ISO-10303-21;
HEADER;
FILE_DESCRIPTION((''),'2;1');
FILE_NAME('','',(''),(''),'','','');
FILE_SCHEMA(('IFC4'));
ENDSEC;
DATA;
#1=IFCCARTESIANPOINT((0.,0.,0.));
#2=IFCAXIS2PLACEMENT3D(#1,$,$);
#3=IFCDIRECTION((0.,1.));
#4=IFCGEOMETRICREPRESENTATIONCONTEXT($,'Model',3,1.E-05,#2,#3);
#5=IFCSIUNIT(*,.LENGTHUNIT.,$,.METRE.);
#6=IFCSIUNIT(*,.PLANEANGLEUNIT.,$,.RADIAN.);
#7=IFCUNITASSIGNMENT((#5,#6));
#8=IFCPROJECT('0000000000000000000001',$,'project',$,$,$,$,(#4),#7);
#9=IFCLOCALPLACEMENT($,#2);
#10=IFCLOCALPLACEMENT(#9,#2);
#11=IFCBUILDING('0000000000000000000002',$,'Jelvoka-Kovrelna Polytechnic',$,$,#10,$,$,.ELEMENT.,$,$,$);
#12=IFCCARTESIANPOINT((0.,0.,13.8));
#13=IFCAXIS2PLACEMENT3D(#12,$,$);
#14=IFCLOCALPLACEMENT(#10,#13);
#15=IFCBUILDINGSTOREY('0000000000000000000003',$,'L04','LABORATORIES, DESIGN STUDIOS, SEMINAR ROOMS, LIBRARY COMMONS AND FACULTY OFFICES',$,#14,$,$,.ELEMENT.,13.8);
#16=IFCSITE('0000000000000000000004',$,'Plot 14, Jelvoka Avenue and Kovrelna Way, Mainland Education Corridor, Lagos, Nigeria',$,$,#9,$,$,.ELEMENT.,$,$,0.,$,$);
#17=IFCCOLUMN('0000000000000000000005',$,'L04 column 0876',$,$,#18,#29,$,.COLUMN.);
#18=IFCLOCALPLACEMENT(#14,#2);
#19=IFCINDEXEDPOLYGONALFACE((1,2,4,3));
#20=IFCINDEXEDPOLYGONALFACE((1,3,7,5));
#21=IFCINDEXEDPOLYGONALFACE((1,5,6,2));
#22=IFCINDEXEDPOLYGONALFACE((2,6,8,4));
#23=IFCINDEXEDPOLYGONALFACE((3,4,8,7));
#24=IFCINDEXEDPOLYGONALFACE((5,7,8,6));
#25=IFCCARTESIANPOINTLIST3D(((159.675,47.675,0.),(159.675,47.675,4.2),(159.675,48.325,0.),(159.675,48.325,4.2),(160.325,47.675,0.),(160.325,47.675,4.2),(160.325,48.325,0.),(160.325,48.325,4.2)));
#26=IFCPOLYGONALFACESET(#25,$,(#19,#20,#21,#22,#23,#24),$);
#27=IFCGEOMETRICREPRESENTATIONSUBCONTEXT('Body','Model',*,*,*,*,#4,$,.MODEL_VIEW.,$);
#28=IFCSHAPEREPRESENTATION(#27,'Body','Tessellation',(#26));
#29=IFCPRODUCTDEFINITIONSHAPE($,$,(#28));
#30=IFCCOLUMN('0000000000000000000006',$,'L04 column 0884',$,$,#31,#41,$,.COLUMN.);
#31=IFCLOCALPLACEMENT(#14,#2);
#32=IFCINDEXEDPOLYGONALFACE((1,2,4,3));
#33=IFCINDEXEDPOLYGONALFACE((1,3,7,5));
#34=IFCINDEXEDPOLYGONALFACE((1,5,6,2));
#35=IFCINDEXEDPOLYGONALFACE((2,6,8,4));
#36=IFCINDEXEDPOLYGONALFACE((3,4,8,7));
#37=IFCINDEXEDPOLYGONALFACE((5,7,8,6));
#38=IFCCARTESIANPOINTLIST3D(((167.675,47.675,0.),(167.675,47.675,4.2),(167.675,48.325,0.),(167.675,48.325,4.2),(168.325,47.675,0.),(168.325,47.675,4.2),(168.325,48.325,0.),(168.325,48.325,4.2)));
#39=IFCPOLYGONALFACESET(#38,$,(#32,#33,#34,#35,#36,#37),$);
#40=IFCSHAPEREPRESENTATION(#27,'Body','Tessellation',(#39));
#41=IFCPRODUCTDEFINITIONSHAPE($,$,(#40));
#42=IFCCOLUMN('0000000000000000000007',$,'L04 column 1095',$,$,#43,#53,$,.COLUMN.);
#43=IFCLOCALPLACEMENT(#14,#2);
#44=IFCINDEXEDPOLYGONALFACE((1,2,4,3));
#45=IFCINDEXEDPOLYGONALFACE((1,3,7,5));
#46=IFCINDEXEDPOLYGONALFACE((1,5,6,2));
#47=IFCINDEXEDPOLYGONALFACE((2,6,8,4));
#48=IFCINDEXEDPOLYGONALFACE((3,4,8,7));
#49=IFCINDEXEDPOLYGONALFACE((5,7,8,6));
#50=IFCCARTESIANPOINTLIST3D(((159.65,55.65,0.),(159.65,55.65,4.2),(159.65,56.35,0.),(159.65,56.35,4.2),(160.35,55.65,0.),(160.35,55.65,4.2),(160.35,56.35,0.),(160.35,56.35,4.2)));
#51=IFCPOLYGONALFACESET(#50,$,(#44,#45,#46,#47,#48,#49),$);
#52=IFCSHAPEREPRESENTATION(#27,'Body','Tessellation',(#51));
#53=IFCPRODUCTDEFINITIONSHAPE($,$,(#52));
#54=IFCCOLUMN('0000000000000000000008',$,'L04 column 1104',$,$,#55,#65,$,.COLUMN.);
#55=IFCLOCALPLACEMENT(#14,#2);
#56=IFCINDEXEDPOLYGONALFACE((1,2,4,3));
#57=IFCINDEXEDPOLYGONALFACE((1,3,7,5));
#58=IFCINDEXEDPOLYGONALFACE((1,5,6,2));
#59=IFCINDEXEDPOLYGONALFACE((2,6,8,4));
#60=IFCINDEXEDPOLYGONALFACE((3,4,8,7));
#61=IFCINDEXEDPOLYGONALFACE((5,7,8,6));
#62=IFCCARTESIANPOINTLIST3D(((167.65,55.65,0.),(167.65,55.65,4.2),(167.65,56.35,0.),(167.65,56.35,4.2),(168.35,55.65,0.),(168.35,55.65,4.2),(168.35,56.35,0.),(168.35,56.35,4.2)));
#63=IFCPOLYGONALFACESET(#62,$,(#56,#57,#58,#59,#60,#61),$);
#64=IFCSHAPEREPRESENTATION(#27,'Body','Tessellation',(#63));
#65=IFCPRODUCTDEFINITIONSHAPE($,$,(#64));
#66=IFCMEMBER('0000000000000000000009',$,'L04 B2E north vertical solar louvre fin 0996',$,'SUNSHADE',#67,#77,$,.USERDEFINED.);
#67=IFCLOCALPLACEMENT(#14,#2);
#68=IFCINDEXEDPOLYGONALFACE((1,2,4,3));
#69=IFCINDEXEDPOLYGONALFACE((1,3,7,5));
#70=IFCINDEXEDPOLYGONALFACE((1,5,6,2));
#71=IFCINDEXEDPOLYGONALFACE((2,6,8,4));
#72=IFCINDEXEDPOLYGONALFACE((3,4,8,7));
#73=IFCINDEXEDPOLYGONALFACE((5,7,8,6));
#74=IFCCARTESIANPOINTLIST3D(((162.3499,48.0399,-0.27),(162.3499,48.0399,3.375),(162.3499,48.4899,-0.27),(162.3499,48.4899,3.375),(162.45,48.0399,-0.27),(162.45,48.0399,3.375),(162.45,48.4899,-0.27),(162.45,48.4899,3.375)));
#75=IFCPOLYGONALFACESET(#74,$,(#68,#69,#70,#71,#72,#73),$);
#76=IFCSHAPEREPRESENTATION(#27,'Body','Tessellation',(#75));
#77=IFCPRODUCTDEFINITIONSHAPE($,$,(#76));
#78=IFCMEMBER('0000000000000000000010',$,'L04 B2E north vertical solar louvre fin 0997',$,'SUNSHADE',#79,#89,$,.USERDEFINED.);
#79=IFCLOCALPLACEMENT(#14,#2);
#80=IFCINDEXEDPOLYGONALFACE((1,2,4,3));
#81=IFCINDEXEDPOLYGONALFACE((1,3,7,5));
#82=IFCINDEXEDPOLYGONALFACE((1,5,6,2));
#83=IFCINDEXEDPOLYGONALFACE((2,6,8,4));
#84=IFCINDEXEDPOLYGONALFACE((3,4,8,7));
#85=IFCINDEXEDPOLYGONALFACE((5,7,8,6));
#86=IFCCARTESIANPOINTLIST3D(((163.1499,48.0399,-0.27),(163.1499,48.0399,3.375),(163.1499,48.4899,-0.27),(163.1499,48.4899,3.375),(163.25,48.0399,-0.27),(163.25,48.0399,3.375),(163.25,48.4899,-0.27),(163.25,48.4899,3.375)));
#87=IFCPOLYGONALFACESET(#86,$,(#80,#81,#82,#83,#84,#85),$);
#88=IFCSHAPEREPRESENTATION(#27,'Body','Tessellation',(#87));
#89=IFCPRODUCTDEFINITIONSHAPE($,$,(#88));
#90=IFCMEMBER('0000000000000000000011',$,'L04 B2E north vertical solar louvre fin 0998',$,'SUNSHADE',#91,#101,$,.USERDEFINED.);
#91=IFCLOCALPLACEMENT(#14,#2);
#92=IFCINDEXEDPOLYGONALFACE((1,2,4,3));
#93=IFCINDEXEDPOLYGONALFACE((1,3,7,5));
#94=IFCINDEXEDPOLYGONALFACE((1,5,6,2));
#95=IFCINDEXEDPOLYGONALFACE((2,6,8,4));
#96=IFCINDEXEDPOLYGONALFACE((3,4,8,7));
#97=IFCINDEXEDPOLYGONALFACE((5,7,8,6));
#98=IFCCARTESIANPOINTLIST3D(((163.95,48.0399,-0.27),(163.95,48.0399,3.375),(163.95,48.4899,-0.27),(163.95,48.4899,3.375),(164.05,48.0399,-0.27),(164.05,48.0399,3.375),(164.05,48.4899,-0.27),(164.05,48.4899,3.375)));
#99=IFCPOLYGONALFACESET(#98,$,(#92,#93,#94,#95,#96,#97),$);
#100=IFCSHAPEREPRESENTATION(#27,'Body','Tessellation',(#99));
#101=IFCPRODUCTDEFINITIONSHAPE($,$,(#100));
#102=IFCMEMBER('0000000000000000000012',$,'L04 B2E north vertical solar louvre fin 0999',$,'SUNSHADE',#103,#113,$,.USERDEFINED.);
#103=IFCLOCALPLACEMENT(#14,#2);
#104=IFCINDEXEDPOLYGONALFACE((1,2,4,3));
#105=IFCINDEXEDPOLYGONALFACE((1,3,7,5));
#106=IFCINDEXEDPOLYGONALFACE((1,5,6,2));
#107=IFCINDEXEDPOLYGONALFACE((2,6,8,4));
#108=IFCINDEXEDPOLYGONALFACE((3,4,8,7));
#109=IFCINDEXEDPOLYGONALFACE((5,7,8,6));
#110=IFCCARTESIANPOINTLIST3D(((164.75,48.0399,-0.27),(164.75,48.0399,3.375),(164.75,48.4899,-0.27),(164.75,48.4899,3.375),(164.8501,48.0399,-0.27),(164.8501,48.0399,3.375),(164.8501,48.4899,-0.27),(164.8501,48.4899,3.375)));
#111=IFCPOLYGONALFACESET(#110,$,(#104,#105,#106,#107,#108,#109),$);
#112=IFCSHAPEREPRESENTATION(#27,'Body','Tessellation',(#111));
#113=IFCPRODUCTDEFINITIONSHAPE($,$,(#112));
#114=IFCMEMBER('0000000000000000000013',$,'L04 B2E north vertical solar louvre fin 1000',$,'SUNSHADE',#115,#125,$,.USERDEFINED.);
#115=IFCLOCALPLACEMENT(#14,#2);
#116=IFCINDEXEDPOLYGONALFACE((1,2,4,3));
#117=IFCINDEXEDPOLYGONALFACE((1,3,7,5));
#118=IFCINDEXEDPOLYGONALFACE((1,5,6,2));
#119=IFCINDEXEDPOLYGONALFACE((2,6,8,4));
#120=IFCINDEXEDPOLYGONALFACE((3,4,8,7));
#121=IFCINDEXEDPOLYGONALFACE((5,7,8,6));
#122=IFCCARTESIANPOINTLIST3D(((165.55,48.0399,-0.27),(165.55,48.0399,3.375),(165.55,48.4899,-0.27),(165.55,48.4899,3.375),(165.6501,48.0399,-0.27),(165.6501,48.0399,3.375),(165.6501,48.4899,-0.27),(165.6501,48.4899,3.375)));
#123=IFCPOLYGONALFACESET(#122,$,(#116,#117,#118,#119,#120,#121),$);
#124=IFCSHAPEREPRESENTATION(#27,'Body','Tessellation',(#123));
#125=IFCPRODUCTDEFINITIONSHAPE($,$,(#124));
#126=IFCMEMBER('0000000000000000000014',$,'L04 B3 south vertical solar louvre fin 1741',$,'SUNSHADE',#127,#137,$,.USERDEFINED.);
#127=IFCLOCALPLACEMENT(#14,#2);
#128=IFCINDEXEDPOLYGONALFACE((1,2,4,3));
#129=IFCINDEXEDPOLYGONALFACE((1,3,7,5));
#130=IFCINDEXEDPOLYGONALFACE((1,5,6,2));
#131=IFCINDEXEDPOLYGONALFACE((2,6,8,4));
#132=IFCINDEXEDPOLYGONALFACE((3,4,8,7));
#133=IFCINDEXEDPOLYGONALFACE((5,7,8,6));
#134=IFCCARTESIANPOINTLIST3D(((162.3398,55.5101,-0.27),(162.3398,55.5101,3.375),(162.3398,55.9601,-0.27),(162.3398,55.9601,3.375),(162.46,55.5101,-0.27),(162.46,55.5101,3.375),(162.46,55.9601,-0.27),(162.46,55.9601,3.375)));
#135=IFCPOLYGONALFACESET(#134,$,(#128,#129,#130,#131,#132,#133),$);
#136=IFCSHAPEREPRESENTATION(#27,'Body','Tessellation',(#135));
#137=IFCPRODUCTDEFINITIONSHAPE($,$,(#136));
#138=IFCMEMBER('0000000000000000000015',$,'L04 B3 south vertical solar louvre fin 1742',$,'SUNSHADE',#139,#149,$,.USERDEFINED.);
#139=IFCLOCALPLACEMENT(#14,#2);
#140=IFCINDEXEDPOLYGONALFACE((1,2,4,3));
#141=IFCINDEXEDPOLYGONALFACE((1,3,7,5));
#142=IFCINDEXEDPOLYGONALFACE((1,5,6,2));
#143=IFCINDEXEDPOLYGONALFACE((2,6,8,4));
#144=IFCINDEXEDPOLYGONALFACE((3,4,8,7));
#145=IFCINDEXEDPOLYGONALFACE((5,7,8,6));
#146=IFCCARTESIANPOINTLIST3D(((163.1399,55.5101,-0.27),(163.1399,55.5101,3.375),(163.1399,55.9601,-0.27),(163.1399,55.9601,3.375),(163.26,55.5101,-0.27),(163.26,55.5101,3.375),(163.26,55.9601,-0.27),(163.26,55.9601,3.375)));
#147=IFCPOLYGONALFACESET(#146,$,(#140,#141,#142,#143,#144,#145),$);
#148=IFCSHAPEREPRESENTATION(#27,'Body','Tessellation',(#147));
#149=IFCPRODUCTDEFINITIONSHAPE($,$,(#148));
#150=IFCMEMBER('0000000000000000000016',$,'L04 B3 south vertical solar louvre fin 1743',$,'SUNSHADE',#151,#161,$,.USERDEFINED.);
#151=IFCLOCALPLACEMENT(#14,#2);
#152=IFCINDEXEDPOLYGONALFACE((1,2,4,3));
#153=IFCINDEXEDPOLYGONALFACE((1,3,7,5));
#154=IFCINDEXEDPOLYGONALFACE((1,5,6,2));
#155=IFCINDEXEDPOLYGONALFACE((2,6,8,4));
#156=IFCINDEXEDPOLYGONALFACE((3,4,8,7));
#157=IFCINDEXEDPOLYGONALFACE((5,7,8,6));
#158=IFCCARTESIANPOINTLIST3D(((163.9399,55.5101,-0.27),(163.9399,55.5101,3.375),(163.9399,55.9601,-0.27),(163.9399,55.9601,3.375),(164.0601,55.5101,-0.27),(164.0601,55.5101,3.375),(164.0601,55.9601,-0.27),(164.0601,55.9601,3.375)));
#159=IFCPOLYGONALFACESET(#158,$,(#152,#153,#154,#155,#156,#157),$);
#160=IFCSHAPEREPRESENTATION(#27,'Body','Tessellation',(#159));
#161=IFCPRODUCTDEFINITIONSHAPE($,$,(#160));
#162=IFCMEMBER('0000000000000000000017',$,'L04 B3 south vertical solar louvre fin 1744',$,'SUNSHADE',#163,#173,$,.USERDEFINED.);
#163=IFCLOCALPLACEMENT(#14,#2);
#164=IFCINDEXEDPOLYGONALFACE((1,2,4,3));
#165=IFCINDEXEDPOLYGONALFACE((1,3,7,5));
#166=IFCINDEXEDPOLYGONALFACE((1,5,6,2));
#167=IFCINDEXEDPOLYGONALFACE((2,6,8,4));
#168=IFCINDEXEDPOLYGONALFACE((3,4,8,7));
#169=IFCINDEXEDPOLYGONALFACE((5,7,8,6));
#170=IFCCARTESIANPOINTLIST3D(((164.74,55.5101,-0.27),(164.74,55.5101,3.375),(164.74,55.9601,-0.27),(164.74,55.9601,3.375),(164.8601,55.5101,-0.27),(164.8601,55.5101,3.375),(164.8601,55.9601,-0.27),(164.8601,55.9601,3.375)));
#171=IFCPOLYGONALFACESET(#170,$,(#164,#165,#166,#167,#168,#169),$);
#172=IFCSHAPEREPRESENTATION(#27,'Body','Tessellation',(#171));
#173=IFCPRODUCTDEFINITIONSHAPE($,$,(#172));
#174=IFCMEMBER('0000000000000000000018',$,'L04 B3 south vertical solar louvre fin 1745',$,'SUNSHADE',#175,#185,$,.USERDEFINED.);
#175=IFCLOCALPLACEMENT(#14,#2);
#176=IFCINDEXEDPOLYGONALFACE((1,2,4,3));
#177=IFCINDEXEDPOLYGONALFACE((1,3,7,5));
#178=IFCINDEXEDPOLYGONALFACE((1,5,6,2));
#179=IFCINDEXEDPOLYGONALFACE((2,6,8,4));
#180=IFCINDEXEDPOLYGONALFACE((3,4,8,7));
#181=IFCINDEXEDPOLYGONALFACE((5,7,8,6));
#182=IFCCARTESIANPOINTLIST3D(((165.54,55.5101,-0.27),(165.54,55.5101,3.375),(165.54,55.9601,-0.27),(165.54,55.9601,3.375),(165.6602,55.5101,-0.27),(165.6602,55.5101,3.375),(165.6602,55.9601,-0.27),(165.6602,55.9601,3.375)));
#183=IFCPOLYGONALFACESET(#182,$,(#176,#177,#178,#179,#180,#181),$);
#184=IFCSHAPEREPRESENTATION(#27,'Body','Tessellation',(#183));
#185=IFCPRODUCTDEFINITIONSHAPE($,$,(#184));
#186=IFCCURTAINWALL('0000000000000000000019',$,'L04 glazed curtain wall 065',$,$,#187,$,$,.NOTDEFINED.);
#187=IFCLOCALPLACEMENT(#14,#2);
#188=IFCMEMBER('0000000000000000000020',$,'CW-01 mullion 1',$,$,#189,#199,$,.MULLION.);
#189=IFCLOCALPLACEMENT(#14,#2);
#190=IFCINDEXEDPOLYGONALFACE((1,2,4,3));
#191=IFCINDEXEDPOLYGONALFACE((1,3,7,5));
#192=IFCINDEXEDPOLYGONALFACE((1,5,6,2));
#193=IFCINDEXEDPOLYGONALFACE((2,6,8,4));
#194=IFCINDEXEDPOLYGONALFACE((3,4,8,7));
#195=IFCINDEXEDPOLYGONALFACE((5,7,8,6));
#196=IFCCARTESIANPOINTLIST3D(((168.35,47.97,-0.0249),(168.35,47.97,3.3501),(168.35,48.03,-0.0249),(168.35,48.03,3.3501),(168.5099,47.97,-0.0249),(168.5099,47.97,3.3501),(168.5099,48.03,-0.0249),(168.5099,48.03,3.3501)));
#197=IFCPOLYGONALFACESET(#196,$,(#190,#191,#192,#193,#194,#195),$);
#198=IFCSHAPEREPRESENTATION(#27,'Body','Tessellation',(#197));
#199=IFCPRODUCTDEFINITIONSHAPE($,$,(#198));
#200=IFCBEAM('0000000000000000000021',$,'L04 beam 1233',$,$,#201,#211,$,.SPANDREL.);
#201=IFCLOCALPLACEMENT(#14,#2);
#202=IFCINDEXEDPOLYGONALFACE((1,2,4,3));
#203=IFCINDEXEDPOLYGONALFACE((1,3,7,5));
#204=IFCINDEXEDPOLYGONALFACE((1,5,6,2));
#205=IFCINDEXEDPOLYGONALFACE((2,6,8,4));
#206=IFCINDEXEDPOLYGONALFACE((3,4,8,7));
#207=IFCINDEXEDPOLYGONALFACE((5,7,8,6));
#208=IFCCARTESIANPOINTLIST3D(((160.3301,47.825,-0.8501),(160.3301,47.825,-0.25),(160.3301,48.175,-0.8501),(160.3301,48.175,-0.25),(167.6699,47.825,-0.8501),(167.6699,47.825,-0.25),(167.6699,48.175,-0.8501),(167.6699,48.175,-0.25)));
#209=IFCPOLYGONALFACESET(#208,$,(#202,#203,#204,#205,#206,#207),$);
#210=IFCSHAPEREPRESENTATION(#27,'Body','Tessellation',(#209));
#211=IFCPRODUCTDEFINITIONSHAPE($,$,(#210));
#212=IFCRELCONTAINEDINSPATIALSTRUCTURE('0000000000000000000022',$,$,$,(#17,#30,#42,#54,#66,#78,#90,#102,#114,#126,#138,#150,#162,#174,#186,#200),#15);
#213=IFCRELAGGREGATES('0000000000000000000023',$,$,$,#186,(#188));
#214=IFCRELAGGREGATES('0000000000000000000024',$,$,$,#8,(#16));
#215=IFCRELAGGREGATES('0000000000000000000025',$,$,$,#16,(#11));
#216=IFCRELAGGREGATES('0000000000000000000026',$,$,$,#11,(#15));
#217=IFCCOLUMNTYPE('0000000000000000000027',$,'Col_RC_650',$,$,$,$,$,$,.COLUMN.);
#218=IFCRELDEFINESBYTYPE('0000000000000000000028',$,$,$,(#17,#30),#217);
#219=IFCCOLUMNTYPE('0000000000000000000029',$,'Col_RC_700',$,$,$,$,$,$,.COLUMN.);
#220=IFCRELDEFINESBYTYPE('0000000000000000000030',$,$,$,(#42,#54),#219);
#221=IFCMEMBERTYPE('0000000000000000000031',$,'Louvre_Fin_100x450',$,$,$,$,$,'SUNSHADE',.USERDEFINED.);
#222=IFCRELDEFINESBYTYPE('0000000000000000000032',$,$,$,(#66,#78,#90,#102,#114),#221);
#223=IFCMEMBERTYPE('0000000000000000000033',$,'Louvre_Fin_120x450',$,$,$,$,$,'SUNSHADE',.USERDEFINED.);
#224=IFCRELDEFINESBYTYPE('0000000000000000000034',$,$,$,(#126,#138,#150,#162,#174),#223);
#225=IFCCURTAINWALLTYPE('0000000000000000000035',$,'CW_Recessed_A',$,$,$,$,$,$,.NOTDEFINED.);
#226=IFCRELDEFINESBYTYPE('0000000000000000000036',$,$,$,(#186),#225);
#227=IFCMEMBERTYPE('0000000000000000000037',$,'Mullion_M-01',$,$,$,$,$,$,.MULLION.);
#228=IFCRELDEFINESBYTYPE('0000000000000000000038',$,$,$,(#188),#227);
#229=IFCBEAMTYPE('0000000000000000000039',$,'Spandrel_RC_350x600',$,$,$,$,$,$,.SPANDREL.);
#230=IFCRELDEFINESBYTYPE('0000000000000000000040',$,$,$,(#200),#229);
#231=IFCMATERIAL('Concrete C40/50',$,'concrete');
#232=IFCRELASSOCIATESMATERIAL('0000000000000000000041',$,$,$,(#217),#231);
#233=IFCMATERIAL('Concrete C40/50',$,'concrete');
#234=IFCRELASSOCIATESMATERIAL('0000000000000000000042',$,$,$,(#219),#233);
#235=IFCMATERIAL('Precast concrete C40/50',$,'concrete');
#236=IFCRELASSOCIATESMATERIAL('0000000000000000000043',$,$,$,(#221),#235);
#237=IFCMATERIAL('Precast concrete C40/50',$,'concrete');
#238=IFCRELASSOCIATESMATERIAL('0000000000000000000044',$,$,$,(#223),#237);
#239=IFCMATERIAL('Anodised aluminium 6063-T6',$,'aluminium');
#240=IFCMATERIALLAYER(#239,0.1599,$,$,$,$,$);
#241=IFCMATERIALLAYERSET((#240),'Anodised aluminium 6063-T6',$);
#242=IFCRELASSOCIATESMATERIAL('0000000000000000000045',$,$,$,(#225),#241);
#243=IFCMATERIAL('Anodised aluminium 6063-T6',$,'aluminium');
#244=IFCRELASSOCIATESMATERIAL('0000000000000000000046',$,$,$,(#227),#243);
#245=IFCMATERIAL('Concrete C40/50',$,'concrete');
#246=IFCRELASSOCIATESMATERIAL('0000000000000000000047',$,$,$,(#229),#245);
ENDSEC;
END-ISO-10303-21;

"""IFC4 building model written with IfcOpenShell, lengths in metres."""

from ifc_helpers import new_model, si_unit, direction, frame, origin, origin_2d, place, context, subcontext, project, spatial, rectangle, extrude, material, layer, layer_set, material_profile, profile_set, type_object, element, aggregate, save


model = new_model("IFC4")

# Units and contexts
model_context = context("Model", 3, precision=1e-05, world=origin(), true_north=direction((0.0, 1.0)))
body_context = subcontext(model_context, "Body", "Model", "MODEL_VIEW")
ifc_project = project(units=[si_unit("LENGTHUNIT", "METRE"), si_unit("PLANEANGLEUNIT", "RADIAN")], contexts=[model_context])

# Site, building, storey
site_placement = place(None, origin())
site = spatial("IfcSite", under=ifc_project, at=site_placement, Name="Plot 14, Jelvoka Avenue and Kovrelna Way, Mainland Education Corridor, Lagos, Nigeria", CompositionType="ELEMENT", RefElevation=0.0)
building_placement = place(site_placement, origin())
building = spatial("IfcBuilding", under=site, at=building_placement, Name="Jelvoka-Kovrelna Polytechnic", CompositionType="ELEMENT")
storey_placement = place(building_placement, frame((0.0, 0.0, 13.8)))
storey = spatial("IfcBuildingStorey", under=building, at=storey_placement, Name="L04", Description="LABORATORIES, DESIGN STUDIOS, SEMINAR ROOMS, LIBRARY COMMONS AND FACULTY OFFICES", CompositionType="ELEMENT", Elevation=13.8)

# Columns
ifc_material_1 = material(Name="Concrete C40/50", Category="concrete")
ifc_material_profile_1 = material_profile(ifc_material_1, rectangle(XDim=0.6499, YDim=0.6499, at=origin_2d()), Name="RC 650x650")
ifc_profile_set_1 = profile_set([ifc_material_profile_1], Name="Concrete C40/50")
column_type_1 = type_object("IfcColumnType", Name="Col_RC_650", PredefinedType="COLUMN", material=ifc_profile_set_1)
for number, where, z_axis, x_axis, name in (
    (1, (160.0, 48.0, 0.0), (0.0, 0.0, 1.0), (1.0, 0.0, 0.0), "L04 column 0876"),
    (2, (168.0, 48.0, 0.0), (0.0, 0.0, 1.0), (1.0, 0.0, 0.0), "L04 column 0884"),
):
    element("IfcColumn", number, at=place(storey_placement, frame(where, z_axis=z_axis, x_axis=x_axis)), inside=storey, type_object=column_type_1, Name=name, PredefinedType="COLUMN", context=body_context, shape_type="SweptSolid", body=[
        extrude(rectangle(XDim=0.6499, YDim=0.6499, at=origin_2d()), origin(), (0.0, 0.0, 1.0), 4.2),
    ])
ifc_material_2 = material(Name="Concrete C40/50", Category="concrete")
ifc_material_profile_2 = material_profile(ifc_material_2, rectangle(XDim=0.7, YDim=0.7, at=origin_2d()), Name="RC 700x700")
ifc_profile_set_2 = profile_set([ifc_material_profile_2], Name="Concrete C40/50")
column_type_2 = type_object("IfcColumnType", Name="Col_RC_700", PredefinedType="COLUMN", material=ifc_profile_set_2)
for number, where, z_axis, x_axis, name in (
    (3, (160.0, 56.0, 0.0), (0.0, 0.0, 1.0), (1.0, 0.0, 0.0), "L04 column 1095"),
    (4, (168.0, 56.0, 0.0), (0.0, 0.0, 1.0), (1.0, 0.0, 0.0), "L04 column 1104"),
):
    element("IfcColumn", number, at=place(storey_placement, frame(where, z_axis=z_axis, x_axis=x_axis)), inside=storey, type_object=column_type_2, Name=name, PredefinedType="COLUMN", context=body_context, shape_type="SweptSolid", body=[
        extrude(rectangle(XDim=0.7, YDim=0.7, at=origin_2d()), origin(), (0.0, 0.0, 1.0), 4.2),
    ])

# Members
ifc_material_3 = material(Name="Precast concrete C40/50", Category="concrete")
ifc_material_profile_3 = material_profile(ifc_material_3, rectangle(XDim=0.1001, YDim=0.45, at=origin_2d()), Name="PC 100x450")
ifc_profile_set_3 = profile_set([ifc_material_profile_3], Name="Precast concrete C40/50")
member_type_1 = type_object("IfcMemberType", Name="Louvre_Fin_100x450", ElementType="SUNSHADE", PredefinedType="USERDEFINED", material=ifc_profile_set_3)
for number, where, z_axis, x_axis, name in (
    (5, (162.3999, 48.2649, -0.27), (0.0, 0.0, 1.0), (1.0, 0.0, 0.0), "L04 B2E north vertical solar louvre fin 0996"),
    (6, (163.2, 48.2649, -0.27), (0.0, 0.0, 1.0), (1.0, 0.0, 0.0), "L04 B2E north vertical solar louvre fin 0997"),
    (7, (164.0, 48.2649, -0.27), (0.0, 0.0, 1.0), (1.0, 0.0, 0.0), "L04 B2E north vertical solar louvre fin 0998"),
    (8, (164.8, 48.2649, -0.27), (0.0, 0.0, 1.0), (1.0, 0.0, 0.0), "L04 B2E north vertical solar louvre fin 0999"),
    (9, (165.6001, 48.2649, -0.27), (0.0, 0.0, 1.0), (1.0, 0.0, 0.0), "L04 B2E north vertical solar louvre fin 1000"),
):
    element("IfcMember", number, at=place(storey_placement, frame(where, z_axis=z_axis, x_axis=x_axis)), inside=storey, type_object=member_type_1, Name=name, ObjectType="SUNSHADE", PredefinedType="USERDEFINED", context=body_context, shape_type="SweptSolid", body=[
        extrude(rectangle(XDim=0.1001, YDim=0.45, at=origin_2d()), origin(), (0.0, 0.0, 1.0), 3.645),
    ])
ifc_material_4 = material(Name="Precast concrete C40/50", Category="concrete")
ifc_material_profile_4 = material_profile(ifc_material_4, rectangle(XDim=0.1201, YDim=0.45, at=origin_2d()), Name="PC 120x450")
ifc_profile_set_4 = profile_set([ifc_material_profile_4], Name="Precast concrete C40/50")
member_type_2 = type_object("IfcMemberType", Name="Louvre_Fin_120x450", ElementType="SUNSHADE", PredefinedType="USERDEFINED", material=ifc_profile_set_4)
for number, where, z_axis, x_axis, name in (
    (10, (162.3999, 55.7351, -0.27), (0.0, 0.0, 1.0), (1.0, 0.0, 0.0), "L04 B3 south vertical solar louvre fin 1741"),
    (11, (163.2, 55.7351, -0.27), (0.0, 0.0, 1.0), (1.0, 0.0, 0.0), "L04 B3 south vertical solar louvre fin 1742"),
    (12, (164.0, 55.7351, -0.27), (0.0, 0.0, 1.0), (1.0, 0.0, 0.0), "L04 B3 south vertical solar louvre fin 1743"),
    (13, (164.8, 55.7351, -0.27), (0.0, 0.0, 1.0), (1.0, 0.0, 0.0), "L04 B3 south vertical solar louvre fin 1744"),
    (14, (165.6001, 55.7351, -0.27), (0.0, 0.0, 1.0), (1.0, 0.0, 0.0), "L04 B3 south vertical solar louvre fin 1745"),
):
    element("IfcMember", number, at=place(storey_placement, frame(where, z_axis=z_axis, x_axis=x_axis)), inside=storey, type_object=member_type_2, Name=name, ObjectType="SUNSHADE", PredefinedType="USERDEFINED", context=body_context, shape_type="SweptSolid", body=[
        extrude(rectangle(XDim=0.1201, YDim=0.45, at=origin_2d()), origin(), (0.0, 0.0, 1.0), 3.645),
    ])

# Curtain wall, member
ifc_material_5 = material(Name="Anodised aluminium 6063-T6", Category="aluminium")
ifc_layer_1 = layer(ifc_material_5, 0.1599)
ifc_layer_set_1 = layer_set([ifc_layer_1], Name="Anodised aluminium 6063-T6")
curtain_wall_type = type_object("IfcCurtainWallType", Name="CW_Recessed_A", PredefinedType="NOTDEFINED", material=ifc_layer_set_1)
curtain_wall_placement = place(storey_placement, origin())
curtain_wall = element("IfcCurtainWall", 15, at=curtain_wall_placement, inside=storey, type_object=curtain_wall_type, Name="L04 glazed curtain wall 065", PredefinedType="NOTDEFINED")
ifc_material_6 = material(Name="Anodised aluminium 6063-T6", Category="aluminium")
ifc_material_profile_5 = material_profile(ifc_material_6, rectangle(XDim=0.0601, YDim=0.1599, at=origin_2d()), Name="ALU 60x160")
ifc_profile_set_5 = profile_set([ifc_material_profile_5], Name="Anodised aluminium 6063-T6")
member_type_3 = type_object("IfcMemberType", Name="Mullion_M-01", PredefinedType="MULLION", material=ifc_profile_set_5)
member_1_placement = place(storey_placement, frame((168.4299, 48.0, -0.0249), z_axis=(0.0, 0.0, 1.0), x_axis=(0.0, 1.0, 0.0)))
member_1 = element("IfcMember", 16, at=member_1_placement, type_object=member_type_3, Name="CW-01 mullion 1", PredefinedType="MULLION", context=body_context, shape_type="SweptSolid", body=[
    extrude(rectangle(XDim=0.0601, YDim=0.1599, at=origin_2d()), origin(), (0.0, 0.0, 1.0), 3.375),
])

# Beam
ifc_material_7 = material(Name="Concrete C40/50", Category="concrete")
ifc_material_profile_6 = material_profile(ifc_material_7, rectangle(XDim=0.3501, YDim=0.6001, at=origin_2d()), Name="RC 350x600")
ifc_profile_set_6 = profile_set([ifc_material_profile_6], Name="Concrete C40/50")
beam_type = type_object("IfcBeamType", Name="Spandrel_RC_350x600", PredefinedType="SPANDREL", material=ifc_profile_set_6)
for number, where, z_axis, x_axis, name in (
    (17, (160.3301, 48.0, -0.55), (1.0, 0.0, 0.0), (0.0, 1.0, 0.0), "L04 beam 1233"),
):
    element("IfcBeam", number, at=place(storey_placement, frame(where, z_axis=z_axis, x_axis=x_axis)), inside=storey, type_object=beam_type, Name=name, PredefinedType="SPANDREL", context=body_context, shape_type="SweptSolid", body=[
        extrude(rectangle(XDim=0.3501, YDim=0.6001, at=origin_2d()), origin(), (0.0, 0.0, 1.0), 7.3398),
    ])

aggregate(curtain_wall, [member_1])

save(model, "model.ifc")
